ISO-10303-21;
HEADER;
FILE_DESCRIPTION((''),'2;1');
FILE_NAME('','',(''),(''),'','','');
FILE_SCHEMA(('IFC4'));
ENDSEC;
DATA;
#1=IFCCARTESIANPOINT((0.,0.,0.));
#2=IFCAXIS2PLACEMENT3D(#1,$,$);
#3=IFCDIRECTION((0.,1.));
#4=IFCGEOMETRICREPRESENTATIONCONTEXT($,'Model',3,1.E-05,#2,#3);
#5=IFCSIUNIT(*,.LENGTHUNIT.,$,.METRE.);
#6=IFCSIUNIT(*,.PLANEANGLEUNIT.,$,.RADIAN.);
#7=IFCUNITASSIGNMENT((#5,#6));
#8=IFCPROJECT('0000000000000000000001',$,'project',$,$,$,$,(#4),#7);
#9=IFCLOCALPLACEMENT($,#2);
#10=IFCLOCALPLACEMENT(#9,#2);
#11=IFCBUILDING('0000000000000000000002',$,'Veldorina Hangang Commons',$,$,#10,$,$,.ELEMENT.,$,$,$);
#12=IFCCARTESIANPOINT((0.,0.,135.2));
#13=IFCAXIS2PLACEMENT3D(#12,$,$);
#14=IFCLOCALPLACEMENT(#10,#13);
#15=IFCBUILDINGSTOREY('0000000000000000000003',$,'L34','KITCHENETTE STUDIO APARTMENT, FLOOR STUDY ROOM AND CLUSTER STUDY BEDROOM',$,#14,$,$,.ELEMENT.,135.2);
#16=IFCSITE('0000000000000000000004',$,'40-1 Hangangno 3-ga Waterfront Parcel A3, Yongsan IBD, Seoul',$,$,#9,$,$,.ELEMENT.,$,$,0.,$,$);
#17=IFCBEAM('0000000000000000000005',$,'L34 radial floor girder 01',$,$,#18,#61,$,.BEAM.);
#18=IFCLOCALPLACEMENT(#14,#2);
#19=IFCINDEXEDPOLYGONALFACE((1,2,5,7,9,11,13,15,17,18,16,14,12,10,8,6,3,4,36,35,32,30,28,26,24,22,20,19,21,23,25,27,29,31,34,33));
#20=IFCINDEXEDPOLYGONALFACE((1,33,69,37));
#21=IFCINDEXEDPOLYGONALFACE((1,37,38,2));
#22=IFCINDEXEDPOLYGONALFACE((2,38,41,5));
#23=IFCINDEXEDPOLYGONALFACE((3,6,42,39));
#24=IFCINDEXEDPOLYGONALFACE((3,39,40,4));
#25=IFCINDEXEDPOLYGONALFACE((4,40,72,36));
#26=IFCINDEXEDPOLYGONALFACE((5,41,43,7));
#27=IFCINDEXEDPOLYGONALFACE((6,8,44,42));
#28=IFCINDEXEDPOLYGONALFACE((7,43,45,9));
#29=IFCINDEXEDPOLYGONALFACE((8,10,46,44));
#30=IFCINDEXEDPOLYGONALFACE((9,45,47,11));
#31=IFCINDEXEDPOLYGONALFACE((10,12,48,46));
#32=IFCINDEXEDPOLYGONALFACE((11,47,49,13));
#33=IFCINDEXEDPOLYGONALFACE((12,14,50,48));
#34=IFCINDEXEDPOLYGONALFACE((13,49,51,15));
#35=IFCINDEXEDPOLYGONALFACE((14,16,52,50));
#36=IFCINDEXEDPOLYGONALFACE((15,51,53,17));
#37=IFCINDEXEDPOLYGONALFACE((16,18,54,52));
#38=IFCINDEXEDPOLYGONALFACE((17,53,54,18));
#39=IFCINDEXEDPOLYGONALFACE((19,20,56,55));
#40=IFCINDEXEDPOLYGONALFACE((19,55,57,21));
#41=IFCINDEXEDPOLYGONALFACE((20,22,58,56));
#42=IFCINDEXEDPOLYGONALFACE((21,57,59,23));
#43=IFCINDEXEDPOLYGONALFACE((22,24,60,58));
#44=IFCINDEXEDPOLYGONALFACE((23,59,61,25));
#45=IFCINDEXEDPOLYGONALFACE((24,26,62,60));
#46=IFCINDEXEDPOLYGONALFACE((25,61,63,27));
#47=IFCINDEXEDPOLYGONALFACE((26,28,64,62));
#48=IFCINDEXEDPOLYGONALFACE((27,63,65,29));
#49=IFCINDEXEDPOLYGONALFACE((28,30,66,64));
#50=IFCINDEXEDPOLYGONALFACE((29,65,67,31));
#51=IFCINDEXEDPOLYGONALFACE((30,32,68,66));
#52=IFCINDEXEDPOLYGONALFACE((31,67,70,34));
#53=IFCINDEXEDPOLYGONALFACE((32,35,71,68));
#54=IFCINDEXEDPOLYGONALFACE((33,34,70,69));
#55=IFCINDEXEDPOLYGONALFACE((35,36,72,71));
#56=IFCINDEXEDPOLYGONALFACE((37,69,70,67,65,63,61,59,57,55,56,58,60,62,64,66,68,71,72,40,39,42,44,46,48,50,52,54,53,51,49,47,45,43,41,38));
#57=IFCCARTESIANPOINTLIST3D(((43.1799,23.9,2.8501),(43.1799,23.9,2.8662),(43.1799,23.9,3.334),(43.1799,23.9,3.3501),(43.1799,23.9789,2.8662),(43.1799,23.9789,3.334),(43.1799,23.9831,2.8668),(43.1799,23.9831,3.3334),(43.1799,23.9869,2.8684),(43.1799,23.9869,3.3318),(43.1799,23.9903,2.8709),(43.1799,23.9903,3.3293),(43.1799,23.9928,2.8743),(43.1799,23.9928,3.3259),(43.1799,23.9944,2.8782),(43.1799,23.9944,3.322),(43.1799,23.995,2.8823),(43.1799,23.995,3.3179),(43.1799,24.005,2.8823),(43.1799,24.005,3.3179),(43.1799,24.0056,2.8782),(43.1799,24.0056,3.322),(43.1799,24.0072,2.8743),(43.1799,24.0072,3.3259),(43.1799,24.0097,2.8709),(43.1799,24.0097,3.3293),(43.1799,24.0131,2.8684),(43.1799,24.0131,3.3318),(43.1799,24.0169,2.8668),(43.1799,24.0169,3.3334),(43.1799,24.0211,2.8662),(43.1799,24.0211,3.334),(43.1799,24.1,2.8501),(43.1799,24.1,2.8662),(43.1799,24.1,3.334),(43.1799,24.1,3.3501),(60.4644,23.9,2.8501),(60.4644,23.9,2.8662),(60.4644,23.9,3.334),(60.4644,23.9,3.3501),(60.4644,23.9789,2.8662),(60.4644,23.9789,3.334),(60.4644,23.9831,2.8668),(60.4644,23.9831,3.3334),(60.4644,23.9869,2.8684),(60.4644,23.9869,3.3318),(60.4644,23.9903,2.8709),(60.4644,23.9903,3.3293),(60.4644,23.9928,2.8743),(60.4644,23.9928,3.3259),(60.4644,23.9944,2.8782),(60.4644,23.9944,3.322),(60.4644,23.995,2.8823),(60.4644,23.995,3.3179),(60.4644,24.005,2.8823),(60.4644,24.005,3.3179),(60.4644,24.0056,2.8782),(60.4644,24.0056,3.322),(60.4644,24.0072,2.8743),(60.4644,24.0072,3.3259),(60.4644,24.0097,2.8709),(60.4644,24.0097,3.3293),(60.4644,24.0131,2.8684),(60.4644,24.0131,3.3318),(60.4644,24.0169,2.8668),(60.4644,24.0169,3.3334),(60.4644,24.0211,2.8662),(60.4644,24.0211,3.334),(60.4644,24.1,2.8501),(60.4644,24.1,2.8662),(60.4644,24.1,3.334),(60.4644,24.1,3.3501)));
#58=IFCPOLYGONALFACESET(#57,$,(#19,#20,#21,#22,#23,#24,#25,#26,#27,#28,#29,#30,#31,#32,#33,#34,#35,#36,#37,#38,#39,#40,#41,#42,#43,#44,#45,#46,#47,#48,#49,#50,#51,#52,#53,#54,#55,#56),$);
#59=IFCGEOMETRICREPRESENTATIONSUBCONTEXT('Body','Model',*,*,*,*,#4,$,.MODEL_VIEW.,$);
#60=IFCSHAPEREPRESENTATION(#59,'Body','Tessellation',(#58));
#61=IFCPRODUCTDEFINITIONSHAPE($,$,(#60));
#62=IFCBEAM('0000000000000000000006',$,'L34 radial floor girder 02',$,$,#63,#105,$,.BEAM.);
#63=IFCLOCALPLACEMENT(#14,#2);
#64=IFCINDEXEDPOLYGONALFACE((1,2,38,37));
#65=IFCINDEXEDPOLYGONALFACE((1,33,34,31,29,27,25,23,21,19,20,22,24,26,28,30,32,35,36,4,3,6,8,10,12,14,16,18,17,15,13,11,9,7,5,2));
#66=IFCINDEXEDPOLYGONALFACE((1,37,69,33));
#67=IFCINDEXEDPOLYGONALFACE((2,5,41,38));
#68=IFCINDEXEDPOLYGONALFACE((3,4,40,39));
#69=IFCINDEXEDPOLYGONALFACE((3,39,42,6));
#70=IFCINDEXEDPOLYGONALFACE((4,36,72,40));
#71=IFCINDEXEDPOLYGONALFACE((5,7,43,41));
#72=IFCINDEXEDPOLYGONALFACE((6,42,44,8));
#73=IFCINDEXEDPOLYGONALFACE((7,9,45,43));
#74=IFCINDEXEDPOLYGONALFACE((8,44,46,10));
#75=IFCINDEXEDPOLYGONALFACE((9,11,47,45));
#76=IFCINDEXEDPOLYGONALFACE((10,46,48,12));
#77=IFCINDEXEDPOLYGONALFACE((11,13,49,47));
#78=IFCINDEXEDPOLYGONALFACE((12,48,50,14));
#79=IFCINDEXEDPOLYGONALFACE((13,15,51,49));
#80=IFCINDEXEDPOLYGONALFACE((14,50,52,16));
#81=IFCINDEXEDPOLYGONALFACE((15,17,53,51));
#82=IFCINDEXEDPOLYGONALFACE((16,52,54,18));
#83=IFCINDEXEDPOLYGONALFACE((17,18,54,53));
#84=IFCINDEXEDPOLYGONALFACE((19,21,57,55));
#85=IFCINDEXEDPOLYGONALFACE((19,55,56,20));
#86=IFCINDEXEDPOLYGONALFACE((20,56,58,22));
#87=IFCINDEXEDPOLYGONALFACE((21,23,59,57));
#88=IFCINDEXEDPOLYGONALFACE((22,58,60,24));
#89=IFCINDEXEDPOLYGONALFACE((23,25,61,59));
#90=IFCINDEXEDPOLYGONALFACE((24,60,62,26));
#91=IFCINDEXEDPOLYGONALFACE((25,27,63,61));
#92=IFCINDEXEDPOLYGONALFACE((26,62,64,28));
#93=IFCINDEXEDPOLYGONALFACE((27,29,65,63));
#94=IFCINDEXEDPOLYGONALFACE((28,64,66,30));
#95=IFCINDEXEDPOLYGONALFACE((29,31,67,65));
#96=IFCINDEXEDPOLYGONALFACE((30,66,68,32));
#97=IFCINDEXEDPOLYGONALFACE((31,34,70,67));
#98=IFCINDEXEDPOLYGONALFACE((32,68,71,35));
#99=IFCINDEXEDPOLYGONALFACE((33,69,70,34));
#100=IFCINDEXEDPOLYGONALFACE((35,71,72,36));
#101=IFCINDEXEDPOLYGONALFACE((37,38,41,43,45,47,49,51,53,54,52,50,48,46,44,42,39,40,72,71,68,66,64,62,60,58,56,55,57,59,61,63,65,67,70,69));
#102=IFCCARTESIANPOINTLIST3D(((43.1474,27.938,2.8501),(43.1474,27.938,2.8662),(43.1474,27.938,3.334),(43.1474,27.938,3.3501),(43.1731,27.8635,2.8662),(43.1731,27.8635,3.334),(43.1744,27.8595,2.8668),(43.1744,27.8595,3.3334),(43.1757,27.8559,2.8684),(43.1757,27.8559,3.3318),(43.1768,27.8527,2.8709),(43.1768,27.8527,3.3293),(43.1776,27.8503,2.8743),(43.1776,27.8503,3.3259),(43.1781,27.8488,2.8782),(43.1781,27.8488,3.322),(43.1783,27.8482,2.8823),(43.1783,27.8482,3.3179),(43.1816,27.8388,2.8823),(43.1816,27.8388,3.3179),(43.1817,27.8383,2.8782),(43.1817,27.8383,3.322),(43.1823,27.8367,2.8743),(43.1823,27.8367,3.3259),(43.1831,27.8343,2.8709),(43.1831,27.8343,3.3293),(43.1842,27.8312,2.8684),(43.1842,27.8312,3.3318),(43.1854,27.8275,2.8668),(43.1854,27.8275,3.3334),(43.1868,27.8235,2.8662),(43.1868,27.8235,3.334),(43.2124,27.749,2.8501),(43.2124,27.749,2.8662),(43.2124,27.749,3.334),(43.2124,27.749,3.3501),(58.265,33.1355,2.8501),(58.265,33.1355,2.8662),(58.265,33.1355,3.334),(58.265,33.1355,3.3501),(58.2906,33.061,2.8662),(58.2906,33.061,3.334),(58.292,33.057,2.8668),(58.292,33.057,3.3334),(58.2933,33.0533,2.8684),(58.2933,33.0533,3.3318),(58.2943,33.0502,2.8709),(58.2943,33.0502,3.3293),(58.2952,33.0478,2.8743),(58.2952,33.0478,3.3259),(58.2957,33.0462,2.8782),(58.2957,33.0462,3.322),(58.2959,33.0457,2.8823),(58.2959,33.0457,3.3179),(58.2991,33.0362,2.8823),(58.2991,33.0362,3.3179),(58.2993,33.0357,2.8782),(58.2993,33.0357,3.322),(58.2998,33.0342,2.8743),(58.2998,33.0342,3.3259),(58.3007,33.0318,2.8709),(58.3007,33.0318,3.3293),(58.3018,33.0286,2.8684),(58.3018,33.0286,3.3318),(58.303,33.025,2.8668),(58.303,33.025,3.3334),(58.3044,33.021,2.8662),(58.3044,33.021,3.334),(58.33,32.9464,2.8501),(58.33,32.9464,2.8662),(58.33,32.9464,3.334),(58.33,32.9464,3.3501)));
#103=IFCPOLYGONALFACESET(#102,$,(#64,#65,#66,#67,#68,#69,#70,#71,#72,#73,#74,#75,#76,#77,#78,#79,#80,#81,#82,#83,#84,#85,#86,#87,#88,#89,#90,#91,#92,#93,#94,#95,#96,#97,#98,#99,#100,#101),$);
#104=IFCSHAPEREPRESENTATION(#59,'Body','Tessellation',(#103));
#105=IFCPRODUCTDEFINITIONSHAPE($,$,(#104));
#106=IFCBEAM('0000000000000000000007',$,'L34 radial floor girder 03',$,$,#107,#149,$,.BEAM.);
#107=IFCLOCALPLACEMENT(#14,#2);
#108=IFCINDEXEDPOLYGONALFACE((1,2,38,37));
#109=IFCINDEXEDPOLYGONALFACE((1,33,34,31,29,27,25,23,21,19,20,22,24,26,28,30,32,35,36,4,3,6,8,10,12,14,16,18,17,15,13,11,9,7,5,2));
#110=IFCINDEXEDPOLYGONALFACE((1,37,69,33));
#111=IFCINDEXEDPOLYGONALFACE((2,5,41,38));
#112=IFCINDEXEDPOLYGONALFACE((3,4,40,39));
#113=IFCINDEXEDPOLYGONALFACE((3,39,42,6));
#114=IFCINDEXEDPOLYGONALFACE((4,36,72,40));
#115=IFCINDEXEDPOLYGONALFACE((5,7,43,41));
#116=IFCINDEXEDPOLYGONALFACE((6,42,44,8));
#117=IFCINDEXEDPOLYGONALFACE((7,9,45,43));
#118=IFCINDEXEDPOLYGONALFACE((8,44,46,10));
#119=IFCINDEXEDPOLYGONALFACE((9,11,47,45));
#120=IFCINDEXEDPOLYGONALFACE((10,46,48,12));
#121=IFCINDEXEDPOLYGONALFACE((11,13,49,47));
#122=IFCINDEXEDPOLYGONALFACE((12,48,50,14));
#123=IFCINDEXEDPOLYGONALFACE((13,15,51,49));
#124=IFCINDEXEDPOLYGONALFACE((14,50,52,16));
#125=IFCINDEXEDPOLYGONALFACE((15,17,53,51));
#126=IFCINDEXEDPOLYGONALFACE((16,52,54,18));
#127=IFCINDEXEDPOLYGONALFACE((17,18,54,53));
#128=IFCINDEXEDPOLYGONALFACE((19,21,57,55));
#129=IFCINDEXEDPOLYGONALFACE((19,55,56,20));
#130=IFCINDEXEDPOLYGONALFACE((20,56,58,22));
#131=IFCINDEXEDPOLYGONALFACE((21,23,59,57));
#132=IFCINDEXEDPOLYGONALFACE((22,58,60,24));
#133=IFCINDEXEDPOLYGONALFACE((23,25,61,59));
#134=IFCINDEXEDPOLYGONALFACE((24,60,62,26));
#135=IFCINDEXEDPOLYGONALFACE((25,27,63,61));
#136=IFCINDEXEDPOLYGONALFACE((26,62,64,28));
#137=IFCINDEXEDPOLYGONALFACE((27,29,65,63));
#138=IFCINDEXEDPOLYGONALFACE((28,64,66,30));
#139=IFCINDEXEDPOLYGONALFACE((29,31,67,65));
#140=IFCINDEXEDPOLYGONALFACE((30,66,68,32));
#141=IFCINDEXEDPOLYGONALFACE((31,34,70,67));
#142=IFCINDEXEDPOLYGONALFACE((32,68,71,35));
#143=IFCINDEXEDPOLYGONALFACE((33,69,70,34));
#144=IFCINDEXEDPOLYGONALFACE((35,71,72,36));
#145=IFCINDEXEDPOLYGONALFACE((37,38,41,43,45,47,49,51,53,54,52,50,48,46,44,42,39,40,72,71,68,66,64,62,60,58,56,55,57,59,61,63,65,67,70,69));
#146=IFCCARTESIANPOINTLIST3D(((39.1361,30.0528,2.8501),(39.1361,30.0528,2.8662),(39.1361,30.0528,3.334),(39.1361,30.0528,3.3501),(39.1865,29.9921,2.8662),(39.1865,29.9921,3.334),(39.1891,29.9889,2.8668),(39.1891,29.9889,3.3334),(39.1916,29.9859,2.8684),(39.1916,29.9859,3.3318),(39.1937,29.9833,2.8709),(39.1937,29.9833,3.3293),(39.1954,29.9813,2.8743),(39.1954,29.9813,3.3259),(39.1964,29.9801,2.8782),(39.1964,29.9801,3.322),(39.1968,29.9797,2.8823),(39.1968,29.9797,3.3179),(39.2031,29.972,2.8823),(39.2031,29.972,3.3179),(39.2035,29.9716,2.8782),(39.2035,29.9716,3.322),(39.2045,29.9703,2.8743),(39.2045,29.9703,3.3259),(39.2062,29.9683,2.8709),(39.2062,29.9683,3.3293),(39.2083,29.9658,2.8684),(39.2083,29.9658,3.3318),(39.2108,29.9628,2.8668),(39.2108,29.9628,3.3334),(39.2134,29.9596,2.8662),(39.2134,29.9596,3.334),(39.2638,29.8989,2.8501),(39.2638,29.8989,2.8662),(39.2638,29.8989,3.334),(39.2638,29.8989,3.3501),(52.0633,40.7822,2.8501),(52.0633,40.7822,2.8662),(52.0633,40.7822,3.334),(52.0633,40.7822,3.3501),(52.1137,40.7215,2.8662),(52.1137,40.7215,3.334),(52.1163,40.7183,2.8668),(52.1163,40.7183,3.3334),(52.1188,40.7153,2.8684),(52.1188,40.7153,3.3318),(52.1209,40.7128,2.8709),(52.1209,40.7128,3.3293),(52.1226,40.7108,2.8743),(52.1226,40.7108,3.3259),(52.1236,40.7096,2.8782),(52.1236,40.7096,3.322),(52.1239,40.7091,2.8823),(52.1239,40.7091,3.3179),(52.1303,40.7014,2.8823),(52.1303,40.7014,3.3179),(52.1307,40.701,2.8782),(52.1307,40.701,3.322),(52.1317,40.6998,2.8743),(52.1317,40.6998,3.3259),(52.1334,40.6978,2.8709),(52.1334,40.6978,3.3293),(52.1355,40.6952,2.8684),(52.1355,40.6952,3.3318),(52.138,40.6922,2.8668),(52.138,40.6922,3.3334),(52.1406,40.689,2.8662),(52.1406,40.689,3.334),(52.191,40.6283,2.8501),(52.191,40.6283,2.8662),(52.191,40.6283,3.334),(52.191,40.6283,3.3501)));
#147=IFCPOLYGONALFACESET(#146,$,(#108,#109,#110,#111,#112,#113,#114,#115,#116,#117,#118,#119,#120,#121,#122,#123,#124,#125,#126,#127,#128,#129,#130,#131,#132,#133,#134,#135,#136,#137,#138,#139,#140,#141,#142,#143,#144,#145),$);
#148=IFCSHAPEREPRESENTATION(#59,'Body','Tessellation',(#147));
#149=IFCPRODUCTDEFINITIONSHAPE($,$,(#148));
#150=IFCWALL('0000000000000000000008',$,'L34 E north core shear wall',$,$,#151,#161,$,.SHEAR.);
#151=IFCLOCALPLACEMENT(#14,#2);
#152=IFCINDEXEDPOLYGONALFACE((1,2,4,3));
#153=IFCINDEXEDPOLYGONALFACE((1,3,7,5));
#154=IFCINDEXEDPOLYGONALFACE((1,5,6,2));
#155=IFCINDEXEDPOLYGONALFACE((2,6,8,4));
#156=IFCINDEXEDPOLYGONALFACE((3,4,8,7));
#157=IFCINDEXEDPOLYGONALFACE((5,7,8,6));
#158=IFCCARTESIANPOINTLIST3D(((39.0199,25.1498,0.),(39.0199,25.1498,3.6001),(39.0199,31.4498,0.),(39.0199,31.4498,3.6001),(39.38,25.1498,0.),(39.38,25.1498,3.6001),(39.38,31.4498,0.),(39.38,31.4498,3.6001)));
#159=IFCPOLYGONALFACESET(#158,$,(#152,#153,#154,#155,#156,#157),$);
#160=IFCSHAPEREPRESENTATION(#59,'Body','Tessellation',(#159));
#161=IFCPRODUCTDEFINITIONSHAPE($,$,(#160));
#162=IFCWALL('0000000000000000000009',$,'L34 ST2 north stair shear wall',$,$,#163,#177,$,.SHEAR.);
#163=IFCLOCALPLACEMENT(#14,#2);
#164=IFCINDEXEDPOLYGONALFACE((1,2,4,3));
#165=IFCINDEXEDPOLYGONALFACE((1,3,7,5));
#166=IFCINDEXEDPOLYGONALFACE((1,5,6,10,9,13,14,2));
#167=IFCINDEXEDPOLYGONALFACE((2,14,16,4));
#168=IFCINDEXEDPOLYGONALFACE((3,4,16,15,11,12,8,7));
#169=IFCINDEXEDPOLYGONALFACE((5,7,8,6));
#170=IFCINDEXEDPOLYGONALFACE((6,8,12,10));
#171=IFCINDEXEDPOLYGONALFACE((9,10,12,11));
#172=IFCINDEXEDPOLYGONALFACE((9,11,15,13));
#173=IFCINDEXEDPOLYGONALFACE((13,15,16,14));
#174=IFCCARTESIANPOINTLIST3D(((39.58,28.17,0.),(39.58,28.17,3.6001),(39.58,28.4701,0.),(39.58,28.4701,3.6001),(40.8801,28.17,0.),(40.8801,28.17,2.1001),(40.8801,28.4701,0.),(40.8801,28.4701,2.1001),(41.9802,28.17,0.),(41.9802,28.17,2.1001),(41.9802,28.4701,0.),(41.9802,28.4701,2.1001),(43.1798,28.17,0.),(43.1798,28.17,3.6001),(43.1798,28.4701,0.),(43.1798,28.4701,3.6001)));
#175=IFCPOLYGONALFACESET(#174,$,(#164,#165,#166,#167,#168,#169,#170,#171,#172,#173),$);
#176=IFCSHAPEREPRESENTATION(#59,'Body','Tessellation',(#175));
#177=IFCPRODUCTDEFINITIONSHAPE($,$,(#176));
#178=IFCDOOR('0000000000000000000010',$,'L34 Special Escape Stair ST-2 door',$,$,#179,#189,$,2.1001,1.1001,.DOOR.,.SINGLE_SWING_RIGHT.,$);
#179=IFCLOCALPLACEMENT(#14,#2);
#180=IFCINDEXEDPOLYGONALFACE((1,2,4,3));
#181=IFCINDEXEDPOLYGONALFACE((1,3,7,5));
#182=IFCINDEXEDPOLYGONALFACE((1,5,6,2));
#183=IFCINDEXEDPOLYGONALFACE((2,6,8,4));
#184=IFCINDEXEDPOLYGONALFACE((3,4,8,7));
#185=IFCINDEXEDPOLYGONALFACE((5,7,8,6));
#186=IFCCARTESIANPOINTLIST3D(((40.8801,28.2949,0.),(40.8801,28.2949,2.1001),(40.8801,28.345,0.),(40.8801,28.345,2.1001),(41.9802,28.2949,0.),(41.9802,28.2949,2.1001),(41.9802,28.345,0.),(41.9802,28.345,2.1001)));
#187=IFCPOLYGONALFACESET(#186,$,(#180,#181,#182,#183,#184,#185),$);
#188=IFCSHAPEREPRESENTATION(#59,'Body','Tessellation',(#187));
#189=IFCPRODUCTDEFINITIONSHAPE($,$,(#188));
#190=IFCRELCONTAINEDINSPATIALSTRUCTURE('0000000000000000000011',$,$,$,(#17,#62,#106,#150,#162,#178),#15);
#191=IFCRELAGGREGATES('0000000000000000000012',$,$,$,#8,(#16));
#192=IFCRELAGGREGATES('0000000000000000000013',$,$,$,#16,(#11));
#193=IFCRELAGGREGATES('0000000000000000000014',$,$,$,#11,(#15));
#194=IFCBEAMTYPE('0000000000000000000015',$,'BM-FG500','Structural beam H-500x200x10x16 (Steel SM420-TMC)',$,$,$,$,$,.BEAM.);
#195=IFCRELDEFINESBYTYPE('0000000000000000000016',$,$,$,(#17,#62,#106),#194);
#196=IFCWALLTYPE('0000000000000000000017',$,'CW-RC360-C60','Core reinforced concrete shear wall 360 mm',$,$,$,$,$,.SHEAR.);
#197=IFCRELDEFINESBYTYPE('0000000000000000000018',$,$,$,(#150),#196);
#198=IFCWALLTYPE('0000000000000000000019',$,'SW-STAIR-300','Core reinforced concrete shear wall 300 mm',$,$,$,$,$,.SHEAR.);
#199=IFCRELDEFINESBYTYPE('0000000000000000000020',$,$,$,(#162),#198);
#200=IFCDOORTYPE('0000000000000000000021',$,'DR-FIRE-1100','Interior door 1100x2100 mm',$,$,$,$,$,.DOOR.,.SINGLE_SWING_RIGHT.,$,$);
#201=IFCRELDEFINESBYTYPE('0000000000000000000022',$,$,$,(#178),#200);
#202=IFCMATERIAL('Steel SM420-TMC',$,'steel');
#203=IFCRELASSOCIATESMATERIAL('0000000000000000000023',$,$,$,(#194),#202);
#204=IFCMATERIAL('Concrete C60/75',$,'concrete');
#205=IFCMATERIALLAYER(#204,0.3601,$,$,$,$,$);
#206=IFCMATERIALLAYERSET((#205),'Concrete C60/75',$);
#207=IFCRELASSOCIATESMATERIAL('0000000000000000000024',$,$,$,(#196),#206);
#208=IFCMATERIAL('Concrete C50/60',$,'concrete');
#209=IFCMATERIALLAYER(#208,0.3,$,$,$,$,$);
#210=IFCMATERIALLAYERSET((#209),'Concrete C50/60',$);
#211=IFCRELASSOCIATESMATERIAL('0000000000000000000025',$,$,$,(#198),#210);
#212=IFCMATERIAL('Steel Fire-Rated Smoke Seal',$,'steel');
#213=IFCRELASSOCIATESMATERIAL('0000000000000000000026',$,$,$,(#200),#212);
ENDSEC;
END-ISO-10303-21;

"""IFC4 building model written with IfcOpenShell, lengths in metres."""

from ifc_helpers import new_model, si_unit, direction, frame, frame_2d, origin, origin_2d, place, context, subcontext, project, spatial, rectangle, i_section, extrude, material, layer, layer_set, material_profile, profile_set, type_object, element, fill, save


model = new_model("IFC4")

# Units and contexts
model_context = context("Model", 3, precision=1e-05, world=origin(), true_north=direction((0.0, 1.0)))
body_context = subcontext(model_context, "Body", "Model", "MODEL_VIEW")
ifc_project = project(units=[si_unit("LENGTHUNIT", "METRE"), si_unit("PLANEANGLEUNIT", "RADIAN")], contexts=[model_context])

# Site, building, storey
site_placement = place(None, origin())
site = spatial("IfcSite", under=ifc_project, at=site_placement, Name="40-1 Hangangno 3-ga Waterfront Parcel A3, Yongsan IBD, Seoul", CompositionType="ELEMENT", RefElevation=0.0)
building_placement = place(site_placement, origin())
building = spatial("IfcBuilding", under=site, at=building_placement, Name="Veldorina Hangang Commons", CompositionType="ELEMENT")
storey_placement = place(building_placement, frame((0.0, 0.0, 135.2)))
storey = spatial("IfcBuildingStorey", under=building, at=storey_placement, Name="L34", Description="KITCHENETTE STUDIO APARTMENT, FLOOR STUDY ROOM AND CLUSTER STUDY BEDROOM", CompositionType="ELEMENT", Elevation=135.2)

# Beams
ifc_material_1 = material(Name="Steel SM420-TMC", Category="steel")
ifc_material_profile = material_profile(ifc_material_1, i_section(OverallWidth=0.2, OverallDepth=0.5, WebThickness=0.01, FlangeThickness=0.0161, FilletRadius=0.0161, at=origin_2d()), Name="H-500x200x10x16")
ifc_profile_set = profile_set([ifc_material_profile], Name="Steel SM420-TMC")
beam_type = type_object("IfcBeamType", Name="BM-FG500", Description="Structural beam H-500x200x10x16 (Steel SM420-TMC)", PredefinedType="BEAM", material=ifc_profile_set)
beam_1_placement = place(storey_placement, frame((43.1799, 24.0, 3.1001), z_axis=(1.0, 0.0, 0.0), x_axis=(0.0, 1.0, 0.0)))
element("IfcBeam", 1, at=beam_1_placement, inside=storey, type_object=beam_type, Name="L34 radial floor girder 01", PredefinedType="BEAM", context=body_context, shape_type="SweptSolid", body=[
    extrude(i_section(OverallWidth=0.2, OverallDepth=0.5, WebThickness=0.01, FlangeThickness=0.0161, FilletRadius=0.0161, at=origin_2d()), origin(), (0.0, 0.0, 1.0), 17.2844),
])
beam_2_placement = place(storey_placement, frame((43.1799, 27.8435, 3.1001), z_axis=(0.945671, 0.325125, 0.0), x_axis=(-0.325125, 0.945671, 0.0)))
element("IfcBeam", 2, at=beam_2_placement, inside=storey, type_object=beam_type, Name="L34 radial floor girder 02", PredefinedType="BEAM", context=body_context, shape_type="SweptSolid", body=[
    extrude(i_section(OverallWidth=0.2, OverallDepth=0.5, WebThickness=0.01, FlangeThickness=0.0161, FilletRadius=0.0161, at=origin_2d()), origin(), (0.0, 0.0, 1.0), 15.9861),
])
beam_3_placement = place(storey_placement, frame((39.2, 29.9758, 3.1001), z_axis=(0.769485, 0.638665, 0.0), x_axis=(-0.638665, 0.769485, 0.0)))
element("IfcBeam", 3, at=beam_3_placement, inside=storey, type_object=beam_type, Name="L34 radial floor girder 03", PredefinedType="BEAM", context=body_context, shape_type="SweptSolid", body=[
    extrude(i_section(OverallWidth=0.2, OverallDepth=0.5, WebThickness=0.01, FlangeThickness=0.0161, FilletRadius=0.0161, at=origin_2d()), origin(), (0.0, 0.0, 1.0), 16.7998),
])

# Wall
ifc_material_2 = material(Name="Concrete C60/75", Category="concrete")
ifc_layer_1 = layer(ifc_material_2, 0.3601)
ifc_layer_set_1 = layer_set([ifc_layer_1], Name="Concrete C60/75")
wall_type_1 = type_object("IfcWallType", Name="CW-RC360-C60", Description="Core reinforced concrete shear wall 360 mm", PredefinedType="SHEAR", material=ifc_layer_set_1)
wall_1_placement = place(storey_placement, frame((39.2, 25.1499, 0.0), z_axis=(0.0, 0.0, 1.0), x_axis=(0.0, 1.0, 0.0)))
element("IfcWall", 4, at=wall_1_placement, inside=storey, type_object=wall_type_1, Name="L34 E north core shear wall", PredefinedType="SHEAR", context=body_context, shape_type="SweptSolid", body=[
    extrude(rectangle(XDim=6.3, YDim=0.3601, at=frame_2d((3.1499, 0.0))), origin(), (0.0, 0.0, 1.0), 3.6001),
])

# Wall, opening, door
ifc_material_3 = material(Name="Concrete C50/60", Category="concrete")
ifc_layer_2 = layer(ifc_material_3, 0.3)
ifc_layer_set_2 = layer_set([ifc_layer_2], Name="Concrete C50/60")
wall_type_2 = type_object("IfcWallType", Name="SW-STAIR-300", Description="Core reinforced concrete shear wall 300 mm", PredefinedType="SHEAR", material=ifc_layer_set_2)
wall_2_placement = place(storey_placement, frame((39.5801, 28.3201, 0.0), z_axis=(0.0, 0.0, 1.0), x_axis=(1.0, 0.0, 0.0)))
wall_2 = element("IfcWall", 5, at=wall_2_placement, inside=storey, type_object=wall_type_2, Name="L34 ST2 north stair shear wall", PredefinedType="SHEAR", context=body_context, shape_type="SweptSolid", body=[
    extrude(rectangle(XDim=3.5999, YDim=0.3, at=frame_2d((1.7998, 0.0))), origin(), (0.0, 0.0, 1.0), 3.6001),
])
opening_1_placement = place(wall_2_placement, frame((1.3, 0.0, 0.0)))
opening_1 = element("IfcOpeningElement", 6, at=opening_1_placement, cuts=wall_2, PredefinedType="OPENING", context=body_context, shape_type="SweptSolid", body=[
    extrude(rectangle(XDim=1.1001, YDim=2.1001, at=frame_2d((0.55, 1.05))), frame((0.0, 0.1602, 0.0), z_axis=(0.0, -1.0, 0.0), x_axis=(1.0, 0.0, 0.0)), (0.0, 0.0, 1.0), 0.3201),
])
ifc_material_4 = material(Name="Steel Fire-Rated Smoke Seal", Category="steel")
door_type_1 = type_object("IfcDoorType", Name="DR-FIRE-1100", Description="Interior door 1100x2100 mm", OperationType="SINGLE_SWING_RIGHT", PredefinedType="DOOR", material=ifc_material_4)
door_1_placement = place(opening_1_placement, origin())
door_1 = element("IfcDoor", 7, at=door_1_placement, inside=storey, type_object=door_type_1, Name="L34 Special Escape Stair ST-2 door", OperationType="SINGLE_SWING_RIGHT", OverallHeight=2.1001, OverallWidth=1.1001, PredefinedType="DOOR", context=body_context, shape_type="SweptSolid", body=[
    extrude(rectangle(XDim=1.1001, YDim=2.1001, at=frame_2d((0.55, 1.05))), frame((0.0, 0.0249, 0.0), z_axis=(0.0, -1.0, 0.0), x_axis=(1.0, 0.0, 0.0)), (0.0, 0.0, 1.0), 0.05),
])
fill(opening_1, door_1)

save(model, "model.ifc")
